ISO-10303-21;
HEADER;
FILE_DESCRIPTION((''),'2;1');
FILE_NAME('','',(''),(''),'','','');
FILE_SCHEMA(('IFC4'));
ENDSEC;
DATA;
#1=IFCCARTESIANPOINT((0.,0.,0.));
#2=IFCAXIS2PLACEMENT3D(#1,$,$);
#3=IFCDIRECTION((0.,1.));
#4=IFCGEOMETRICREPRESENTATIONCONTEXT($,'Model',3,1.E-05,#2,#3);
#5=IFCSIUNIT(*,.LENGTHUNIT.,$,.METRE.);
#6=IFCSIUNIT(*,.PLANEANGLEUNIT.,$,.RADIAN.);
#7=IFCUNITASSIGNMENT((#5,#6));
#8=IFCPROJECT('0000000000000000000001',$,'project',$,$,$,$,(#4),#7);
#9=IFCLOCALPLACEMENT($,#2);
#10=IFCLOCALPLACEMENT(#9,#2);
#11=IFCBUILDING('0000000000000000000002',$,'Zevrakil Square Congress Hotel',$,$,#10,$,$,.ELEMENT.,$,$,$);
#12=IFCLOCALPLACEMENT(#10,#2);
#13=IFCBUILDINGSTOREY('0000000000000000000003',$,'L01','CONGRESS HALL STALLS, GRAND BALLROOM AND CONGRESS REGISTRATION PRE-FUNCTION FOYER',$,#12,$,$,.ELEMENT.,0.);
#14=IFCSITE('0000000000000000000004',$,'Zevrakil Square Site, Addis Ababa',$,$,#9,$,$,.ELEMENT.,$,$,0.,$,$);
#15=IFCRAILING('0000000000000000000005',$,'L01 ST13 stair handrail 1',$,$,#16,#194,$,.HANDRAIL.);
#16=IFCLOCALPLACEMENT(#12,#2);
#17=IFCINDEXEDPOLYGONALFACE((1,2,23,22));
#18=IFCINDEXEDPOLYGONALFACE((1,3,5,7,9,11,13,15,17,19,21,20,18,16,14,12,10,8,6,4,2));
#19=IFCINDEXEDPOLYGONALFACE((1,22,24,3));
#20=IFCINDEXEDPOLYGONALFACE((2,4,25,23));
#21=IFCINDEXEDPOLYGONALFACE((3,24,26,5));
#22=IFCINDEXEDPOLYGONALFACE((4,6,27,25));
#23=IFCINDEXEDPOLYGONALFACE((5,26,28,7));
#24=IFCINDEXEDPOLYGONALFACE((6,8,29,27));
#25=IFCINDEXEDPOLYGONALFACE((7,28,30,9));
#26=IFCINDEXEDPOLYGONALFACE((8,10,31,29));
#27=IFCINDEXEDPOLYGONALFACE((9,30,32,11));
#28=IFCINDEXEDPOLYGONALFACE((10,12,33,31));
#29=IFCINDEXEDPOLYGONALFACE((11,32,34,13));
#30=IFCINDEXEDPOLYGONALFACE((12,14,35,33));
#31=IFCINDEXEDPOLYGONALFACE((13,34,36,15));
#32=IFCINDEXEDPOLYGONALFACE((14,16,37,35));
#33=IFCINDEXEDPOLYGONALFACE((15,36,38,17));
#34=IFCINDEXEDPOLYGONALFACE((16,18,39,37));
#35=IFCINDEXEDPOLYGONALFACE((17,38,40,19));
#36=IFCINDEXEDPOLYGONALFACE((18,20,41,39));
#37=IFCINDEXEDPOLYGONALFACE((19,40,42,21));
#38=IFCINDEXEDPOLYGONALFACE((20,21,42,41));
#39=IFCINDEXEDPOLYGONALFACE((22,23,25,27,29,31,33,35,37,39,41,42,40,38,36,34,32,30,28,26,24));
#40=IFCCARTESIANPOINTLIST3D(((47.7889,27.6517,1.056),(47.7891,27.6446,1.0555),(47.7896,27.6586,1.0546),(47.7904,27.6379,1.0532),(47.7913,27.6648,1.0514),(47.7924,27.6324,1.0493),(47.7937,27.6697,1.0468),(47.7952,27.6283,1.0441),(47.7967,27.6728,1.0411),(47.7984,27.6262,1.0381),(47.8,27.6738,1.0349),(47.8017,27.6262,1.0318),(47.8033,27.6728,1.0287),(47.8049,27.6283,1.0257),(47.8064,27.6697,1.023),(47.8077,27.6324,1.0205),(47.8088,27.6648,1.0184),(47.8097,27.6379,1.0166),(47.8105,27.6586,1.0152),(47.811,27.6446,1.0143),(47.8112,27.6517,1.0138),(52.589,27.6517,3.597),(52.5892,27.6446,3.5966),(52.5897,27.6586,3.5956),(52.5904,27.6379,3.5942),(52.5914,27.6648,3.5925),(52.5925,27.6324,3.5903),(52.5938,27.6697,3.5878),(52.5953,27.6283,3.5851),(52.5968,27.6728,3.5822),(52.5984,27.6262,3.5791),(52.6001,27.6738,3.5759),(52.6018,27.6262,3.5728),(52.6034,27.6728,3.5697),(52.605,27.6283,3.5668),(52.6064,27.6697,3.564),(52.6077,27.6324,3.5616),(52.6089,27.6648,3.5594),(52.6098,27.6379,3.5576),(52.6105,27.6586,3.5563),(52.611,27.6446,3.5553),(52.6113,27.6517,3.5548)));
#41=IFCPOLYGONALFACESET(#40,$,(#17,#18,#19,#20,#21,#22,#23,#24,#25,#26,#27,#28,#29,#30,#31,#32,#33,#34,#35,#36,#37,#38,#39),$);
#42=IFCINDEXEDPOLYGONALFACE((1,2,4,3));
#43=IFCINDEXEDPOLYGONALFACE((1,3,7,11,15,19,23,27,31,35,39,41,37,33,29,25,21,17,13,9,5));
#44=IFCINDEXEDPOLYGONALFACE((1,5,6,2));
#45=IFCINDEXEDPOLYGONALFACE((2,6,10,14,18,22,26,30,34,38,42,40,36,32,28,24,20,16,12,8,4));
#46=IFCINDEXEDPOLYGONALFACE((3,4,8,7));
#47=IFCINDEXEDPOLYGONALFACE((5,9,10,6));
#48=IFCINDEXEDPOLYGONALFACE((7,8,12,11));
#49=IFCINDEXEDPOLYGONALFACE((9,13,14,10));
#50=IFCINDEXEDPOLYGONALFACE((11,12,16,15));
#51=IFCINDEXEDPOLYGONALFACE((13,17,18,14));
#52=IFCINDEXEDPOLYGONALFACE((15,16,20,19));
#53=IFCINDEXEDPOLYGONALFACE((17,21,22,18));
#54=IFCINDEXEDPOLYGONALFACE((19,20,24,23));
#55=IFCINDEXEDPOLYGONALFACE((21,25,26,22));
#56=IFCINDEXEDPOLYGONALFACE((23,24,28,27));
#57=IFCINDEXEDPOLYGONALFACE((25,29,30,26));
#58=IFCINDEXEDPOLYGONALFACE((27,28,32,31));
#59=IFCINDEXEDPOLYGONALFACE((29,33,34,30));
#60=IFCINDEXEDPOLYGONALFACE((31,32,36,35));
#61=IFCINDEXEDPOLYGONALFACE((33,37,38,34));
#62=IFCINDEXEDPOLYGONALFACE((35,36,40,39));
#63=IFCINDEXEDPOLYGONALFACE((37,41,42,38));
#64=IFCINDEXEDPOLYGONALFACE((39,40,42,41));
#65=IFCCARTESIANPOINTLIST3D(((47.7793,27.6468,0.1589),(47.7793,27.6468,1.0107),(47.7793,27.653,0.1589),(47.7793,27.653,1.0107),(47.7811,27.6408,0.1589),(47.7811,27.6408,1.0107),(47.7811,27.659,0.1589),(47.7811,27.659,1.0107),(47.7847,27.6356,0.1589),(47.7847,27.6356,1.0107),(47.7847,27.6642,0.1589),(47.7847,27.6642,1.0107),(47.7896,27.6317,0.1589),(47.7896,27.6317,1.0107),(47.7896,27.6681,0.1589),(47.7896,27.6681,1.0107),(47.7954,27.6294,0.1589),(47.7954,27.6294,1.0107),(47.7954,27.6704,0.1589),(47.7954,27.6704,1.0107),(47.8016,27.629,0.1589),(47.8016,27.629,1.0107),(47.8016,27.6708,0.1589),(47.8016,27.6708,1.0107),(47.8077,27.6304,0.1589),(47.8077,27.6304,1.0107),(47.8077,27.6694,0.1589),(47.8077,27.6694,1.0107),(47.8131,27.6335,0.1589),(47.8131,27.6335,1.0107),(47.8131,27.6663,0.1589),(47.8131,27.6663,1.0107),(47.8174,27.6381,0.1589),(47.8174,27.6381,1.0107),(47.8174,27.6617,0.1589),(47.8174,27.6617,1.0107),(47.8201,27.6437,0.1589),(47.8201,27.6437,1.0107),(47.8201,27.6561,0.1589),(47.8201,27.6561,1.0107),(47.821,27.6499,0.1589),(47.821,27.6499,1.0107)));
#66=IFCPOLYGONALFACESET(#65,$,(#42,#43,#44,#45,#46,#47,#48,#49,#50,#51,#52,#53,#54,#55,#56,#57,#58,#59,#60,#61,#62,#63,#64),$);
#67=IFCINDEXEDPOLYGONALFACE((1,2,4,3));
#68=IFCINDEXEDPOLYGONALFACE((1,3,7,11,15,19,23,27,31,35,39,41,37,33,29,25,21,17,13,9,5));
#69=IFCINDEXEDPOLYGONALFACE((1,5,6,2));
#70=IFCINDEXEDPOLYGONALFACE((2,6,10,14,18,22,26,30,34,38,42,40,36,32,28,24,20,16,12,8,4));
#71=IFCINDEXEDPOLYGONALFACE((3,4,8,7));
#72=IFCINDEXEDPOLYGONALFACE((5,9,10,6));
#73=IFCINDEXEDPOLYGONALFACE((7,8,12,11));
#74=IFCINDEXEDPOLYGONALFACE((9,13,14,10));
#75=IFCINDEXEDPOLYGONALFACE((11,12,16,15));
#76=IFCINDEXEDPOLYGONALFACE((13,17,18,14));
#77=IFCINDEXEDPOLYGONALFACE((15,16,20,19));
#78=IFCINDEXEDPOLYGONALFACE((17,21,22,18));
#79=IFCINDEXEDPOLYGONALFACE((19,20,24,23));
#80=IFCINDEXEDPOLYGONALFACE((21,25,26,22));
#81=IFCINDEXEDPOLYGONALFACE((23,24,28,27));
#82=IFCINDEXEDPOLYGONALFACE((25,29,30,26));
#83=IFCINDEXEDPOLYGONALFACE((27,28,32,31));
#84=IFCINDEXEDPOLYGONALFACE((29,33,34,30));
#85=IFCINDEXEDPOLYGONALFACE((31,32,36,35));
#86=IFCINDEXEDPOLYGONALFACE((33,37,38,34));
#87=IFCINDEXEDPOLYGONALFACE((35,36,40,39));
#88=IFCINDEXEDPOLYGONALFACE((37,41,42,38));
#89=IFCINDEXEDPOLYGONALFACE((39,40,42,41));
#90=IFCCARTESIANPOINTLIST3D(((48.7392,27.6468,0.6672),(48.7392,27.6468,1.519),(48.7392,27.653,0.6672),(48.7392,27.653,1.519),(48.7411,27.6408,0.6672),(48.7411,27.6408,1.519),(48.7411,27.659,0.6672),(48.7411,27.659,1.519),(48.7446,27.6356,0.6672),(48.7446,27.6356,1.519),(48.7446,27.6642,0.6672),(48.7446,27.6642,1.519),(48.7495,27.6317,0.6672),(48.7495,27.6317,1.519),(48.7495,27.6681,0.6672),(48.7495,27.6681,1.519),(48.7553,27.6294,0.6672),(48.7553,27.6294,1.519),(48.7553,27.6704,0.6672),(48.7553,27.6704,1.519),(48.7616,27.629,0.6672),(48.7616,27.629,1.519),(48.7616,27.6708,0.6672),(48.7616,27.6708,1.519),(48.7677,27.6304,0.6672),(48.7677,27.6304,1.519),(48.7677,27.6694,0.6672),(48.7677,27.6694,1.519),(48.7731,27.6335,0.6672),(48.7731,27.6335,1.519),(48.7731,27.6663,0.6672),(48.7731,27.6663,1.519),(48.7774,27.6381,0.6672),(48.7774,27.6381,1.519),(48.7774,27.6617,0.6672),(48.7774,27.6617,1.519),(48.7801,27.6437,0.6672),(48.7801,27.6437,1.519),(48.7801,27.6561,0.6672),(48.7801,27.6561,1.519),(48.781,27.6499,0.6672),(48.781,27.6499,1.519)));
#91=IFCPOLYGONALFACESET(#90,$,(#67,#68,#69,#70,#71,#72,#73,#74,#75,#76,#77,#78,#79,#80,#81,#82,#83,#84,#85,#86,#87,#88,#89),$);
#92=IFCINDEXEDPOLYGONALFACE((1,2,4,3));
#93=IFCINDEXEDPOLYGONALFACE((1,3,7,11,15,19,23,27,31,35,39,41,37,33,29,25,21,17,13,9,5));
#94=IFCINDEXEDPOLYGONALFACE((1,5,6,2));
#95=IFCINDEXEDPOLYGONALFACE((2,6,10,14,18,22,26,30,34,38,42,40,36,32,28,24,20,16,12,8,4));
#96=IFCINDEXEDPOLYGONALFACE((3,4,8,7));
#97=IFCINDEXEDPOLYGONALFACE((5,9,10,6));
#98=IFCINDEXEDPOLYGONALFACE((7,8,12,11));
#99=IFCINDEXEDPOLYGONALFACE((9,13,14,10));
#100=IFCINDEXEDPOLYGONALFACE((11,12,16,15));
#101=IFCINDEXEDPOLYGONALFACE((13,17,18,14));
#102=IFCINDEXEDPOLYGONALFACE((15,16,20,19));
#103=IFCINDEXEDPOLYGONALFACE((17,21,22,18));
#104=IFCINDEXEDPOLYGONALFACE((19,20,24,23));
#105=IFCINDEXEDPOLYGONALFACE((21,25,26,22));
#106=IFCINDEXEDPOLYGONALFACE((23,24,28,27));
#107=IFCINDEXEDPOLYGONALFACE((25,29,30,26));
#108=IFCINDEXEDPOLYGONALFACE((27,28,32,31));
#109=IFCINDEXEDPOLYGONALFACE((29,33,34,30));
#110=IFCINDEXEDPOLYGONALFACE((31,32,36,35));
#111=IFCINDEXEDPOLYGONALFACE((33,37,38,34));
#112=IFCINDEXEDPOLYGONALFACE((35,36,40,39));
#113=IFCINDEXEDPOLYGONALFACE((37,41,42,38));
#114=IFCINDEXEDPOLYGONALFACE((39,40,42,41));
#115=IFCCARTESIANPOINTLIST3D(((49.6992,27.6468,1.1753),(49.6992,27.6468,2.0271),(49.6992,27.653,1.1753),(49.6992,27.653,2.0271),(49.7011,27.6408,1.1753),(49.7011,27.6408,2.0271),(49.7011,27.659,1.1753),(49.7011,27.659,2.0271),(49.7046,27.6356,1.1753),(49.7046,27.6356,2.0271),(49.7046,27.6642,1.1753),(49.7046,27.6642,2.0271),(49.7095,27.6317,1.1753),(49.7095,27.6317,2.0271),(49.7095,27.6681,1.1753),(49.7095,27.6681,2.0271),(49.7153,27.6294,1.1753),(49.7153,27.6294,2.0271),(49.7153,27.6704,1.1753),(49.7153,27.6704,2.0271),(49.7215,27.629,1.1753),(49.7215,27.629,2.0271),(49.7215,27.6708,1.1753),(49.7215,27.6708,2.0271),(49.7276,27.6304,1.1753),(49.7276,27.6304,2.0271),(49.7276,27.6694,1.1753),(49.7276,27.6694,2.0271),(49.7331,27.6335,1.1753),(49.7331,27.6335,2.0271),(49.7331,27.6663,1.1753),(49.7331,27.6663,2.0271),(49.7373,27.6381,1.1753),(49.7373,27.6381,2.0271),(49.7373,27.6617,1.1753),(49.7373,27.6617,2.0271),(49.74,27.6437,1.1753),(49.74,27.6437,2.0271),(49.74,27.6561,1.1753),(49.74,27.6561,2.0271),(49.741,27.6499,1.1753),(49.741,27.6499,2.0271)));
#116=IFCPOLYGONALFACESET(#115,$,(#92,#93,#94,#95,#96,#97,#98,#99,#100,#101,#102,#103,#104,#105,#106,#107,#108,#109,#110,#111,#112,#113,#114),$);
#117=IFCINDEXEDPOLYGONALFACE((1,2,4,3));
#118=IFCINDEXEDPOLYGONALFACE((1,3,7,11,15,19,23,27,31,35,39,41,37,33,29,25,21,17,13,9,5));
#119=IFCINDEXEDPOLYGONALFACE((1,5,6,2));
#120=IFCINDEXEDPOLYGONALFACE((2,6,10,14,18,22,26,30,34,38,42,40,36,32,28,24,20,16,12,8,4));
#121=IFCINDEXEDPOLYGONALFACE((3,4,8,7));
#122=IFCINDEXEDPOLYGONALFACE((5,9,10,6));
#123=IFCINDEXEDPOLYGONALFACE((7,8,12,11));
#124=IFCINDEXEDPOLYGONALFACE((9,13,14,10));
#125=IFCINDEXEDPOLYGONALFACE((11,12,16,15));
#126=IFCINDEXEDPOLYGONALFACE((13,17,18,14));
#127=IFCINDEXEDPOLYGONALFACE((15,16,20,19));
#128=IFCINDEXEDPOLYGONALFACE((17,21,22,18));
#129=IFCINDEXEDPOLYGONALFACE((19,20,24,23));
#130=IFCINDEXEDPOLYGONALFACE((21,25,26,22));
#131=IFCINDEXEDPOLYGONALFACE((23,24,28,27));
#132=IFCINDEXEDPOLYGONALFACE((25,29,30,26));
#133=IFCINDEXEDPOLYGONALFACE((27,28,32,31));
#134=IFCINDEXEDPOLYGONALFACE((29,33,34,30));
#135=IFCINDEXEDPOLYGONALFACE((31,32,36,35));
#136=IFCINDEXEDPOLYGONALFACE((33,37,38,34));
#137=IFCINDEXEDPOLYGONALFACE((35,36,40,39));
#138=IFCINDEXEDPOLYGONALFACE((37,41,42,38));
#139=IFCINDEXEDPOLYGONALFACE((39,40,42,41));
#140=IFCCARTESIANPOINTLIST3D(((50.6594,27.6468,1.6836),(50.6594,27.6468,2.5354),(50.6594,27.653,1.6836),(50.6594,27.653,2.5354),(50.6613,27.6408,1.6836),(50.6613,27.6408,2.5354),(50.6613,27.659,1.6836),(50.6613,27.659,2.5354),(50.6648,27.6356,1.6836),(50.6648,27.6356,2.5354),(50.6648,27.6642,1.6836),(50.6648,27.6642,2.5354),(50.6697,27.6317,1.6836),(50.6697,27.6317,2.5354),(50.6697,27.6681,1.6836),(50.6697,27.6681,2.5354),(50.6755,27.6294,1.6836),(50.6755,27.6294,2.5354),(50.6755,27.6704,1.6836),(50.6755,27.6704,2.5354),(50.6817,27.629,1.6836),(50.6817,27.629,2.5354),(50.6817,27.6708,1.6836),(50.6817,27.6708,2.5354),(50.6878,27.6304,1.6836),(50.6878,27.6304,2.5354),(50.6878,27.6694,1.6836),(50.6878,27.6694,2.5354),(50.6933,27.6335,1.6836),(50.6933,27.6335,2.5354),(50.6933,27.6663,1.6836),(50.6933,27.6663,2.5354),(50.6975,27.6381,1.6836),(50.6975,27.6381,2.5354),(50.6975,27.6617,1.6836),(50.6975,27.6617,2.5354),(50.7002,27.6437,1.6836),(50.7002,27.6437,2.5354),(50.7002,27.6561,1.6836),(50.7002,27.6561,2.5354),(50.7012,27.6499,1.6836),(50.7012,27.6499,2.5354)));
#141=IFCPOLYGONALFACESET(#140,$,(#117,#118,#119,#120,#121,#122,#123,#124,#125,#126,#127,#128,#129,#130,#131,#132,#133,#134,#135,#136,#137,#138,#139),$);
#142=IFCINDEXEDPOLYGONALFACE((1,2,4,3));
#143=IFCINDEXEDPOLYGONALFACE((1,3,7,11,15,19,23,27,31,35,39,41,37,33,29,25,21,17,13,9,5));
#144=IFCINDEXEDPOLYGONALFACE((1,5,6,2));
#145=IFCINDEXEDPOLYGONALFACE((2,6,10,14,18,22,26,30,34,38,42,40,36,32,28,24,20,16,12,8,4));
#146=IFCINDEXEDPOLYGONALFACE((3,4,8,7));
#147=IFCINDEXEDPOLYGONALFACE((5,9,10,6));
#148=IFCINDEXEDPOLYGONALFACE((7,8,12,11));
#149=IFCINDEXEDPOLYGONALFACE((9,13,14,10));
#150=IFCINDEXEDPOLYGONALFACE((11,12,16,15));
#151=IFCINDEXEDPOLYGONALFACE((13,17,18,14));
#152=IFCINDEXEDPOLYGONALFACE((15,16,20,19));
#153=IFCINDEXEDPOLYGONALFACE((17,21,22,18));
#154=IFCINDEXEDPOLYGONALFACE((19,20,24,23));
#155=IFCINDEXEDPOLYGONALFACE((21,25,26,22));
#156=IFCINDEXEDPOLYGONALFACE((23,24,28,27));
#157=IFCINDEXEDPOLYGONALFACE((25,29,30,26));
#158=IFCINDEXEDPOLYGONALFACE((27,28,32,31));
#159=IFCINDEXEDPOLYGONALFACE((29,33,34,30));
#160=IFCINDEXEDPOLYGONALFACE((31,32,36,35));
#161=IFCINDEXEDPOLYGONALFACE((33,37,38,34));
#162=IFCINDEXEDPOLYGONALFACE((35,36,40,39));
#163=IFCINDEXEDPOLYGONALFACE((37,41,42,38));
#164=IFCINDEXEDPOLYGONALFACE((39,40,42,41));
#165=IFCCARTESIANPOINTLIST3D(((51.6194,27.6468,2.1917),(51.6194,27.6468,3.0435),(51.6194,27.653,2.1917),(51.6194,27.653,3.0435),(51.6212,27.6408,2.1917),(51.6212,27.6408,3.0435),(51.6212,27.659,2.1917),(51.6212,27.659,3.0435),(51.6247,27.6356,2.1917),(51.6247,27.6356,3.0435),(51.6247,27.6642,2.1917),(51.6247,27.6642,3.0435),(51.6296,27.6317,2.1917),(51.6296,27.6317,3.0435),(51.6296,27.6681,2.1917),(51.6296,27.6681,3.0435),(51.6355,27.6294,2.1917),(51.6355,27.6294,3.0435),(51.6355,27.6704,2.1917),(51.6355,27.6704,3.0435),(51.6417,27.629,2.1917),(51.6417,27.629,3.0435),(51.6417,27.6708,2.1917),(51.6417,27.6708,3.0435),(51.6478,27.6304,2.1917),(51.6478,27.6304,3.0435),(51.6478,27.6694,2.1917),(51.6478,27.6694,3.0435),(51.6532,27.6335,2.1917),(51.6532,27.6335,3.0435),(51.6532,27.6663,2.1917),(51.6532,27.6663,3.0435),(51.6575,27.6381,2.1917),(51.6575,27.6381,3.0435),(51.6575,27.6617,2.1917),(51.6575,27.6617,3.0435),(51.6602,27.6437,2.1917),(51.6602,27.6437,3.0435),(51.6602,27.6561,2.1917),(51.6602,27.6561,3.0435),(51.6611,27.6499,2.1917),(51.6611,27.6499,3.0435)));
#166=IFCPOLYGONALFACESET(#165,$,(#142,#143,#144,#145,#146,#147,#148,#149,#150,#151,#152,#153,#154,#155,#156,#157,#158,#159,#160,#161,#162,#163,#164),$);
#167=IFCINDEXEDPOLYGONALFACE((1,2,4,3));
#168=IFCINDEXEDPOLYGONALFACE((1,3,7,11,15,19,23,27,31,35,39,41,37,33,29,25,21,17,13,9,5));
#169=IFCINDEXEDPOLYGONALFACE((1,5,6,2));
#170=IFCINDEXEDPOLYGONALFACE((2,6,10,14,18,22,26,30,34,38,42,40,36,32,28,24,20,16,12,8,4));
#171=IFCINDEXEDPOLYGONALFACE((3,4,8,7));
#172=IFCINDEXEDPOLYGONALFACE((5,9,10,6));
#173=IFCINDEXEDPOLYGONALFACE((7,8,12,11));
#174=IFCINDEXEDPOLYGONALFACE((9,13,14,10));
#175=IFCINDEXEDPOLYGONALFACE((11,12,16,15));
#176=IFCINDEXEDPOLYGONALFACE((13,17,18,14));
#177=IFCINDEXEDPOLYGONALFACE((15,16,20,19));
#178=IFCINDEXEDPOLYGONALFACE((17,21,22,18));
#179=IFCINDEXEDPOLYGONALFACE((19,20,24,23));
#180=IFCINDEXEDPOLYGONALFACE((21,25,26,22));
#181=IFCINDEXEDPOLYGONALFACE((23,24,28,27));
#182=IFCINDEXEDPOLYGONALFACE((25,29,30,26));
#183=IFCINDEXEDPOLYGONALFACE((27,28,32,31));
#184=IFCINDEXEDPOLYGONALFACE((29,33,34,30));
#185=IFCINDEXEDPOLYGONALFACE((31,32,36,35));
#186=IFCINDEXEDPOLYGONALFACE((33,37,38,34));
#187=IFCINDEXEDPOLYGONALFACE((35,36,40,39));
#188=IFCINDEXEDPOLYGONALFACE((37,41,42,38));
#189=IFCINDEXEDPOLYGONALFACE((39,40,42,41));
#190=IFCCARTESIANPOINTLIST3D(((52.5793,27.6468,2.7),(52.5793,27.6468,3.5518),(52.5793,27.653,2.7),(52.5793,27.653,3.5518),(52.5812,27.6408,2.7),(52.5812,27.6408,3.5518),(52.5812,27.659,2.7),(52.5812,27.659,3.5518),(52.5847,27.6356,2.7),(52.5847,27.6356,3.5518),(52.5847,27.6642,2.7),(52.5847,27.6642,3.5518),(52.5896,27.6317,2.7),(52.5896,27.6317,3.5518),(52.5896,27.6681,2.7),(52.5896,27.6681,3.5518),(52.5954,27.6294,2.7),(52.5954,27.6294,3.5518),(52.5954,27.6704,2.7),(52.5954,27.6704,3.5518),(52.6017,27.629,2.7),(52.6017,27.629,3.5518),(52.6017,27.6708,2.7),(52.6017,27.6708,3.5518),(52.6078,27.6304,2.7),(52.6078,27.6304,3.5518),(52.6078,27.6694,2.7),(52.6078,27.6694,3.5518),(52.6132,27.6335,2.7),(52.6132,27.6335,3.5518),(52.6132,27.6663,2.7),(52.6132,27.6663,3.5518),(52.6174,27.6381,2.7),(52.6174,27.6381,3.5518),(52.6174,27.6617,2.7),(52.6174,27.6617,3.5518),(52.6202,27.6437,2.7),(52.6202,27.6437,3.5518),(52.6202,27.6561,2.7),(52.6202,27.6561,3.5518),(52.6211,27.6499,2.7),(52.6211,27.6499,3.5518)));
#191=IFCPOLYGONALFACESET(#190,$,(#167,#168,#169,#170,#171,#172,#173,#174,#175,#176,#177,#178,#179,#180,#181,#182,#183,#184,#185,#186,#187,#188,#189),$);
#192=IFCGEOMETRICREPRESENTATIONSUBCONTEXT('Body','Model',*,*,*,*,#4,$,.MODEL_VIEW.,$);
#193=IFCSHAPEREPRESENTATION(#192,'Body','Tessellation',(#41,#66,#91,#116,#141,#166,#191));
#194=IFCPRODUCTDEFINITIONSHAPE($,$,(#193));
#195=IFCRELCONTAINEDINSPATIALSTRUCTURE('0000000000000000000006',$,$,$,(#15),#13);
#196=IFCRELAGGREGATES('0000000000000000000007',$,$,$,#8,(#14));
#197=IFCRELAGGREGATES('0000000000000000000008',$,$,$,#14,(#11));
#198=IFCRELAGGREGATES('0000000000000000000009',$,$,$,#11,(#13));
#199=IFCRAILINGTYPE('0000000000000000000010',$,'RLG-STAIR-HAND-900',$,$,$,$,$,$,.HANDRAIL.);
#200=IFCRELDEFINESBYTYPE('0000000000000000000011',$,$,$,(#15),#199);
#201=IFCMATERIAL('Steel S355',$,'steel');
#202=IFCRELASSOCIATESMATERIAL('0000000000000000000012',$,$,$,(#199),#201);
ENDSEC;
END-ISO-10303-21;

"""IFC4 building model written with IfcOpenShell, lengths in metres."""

from ifc_helpers import new_model, si_unit, direction, frame, origin, origin_2d, place, context, subcontext, project, spatial, circle, extrude, material, type_object, element, save


model = new_model("IFC4")

# Units and contexts
model_context = context("Model", 3, precision=1e-05, world=origin(), true_north=direction((0.0, 1.0)))
body_context = subcontext(model_context, "Body", "Model", "MODEL_VIEW")
ifc_project = project(units=[si_unit("LENGTHUNIT", "METRE"), si_unit("PLANEANGLEUNIT", "RADIAN")], contexts=[model_context])

# Site, building, storey
site_placement = place(None, origin())
site = spatial("IfcSite", under=ifc_project, at=site_placement, Name="Zevrakil Square Site, Addis Ababa", CompositionType="ELEMENT", RefElevation=0.0)
building_placement = place(site_placement, origin())
building = spatial("IfcBuilding", under=site, at=building_placement, Name="Zevrakil Square Congress Hotel", CompositionType="ELEMENT")
storey_placement = place(building_placement, origin())
storey = spatial("IfcBuildingStorey", under=building, at=storey_placement, Name="L01", Description="CONGRESS HALL STALLS, GRAND BALLROOM AND CONGRESS REGISTRATION PRE-FUNCTION FOYER", CompositionType="ELEMENT", Elevation=0.0)

# Railing
ifc_material_1 = material(Name="Steel S355", Category="steel")
railing_type_1 = type_object("IfcRailingType", Name="RLG-STAIR-HAND-900", PredefinedType="HANDRAIL", material=ifc_material_1)
railing_1_placement = place(storey_placement, frame((47.8, 27.6499, 0.1589)))
element("IfcRailing", 1, at=railing_1_placement, inside=storey, type_object=railing_type_1, Name="L01 ST13 stair handrail 1", PredefinedType="HANDRAIL", context=body_context, shape_type="SweptSolid", body=[
    extrude(circle(Radius=0.0239, at=origin_2d()), frame((0.0, 0.0, 0.876), z_axis=(0.883802, 0.0, 0.467861), x_axis=(0.0, 1.0, 0.0)), (0.0, 0.0, 1.0), 5.4312),
    extrude(circle(Radius=0.021, at=origin_2d()), origin(), (0.0, 0.0, 1.0), 0.8518),
    extrude(circle(Radius=0.021, at=origin_2d()), frame((0.96, 0.0, 0.5083)), (0.0, 0.0, 1.0), 0.8518),
    extrude(circle(Radius=0.021, at=origin_2d()), frame((1.9199, 0.0, 1.0164)), (0.0, 0.0, 1.0), 0.8518),
    extrude(circle(Radius=0.021, at=origin_2d()), frame((2.8801, 0.0, 1.5247)), (0.0, 0.0, 1.0), 0.8518),
    extrude(circle(Radius=0.021, at=origin_2d()), frame((3.8401, 0.0, 2.0327)), (0.0, 0.0, 1.0), 0.8518),
    extrude(circle(Radius=0.021, at=origin_2d()), frame((4.8, 0.0, 2.541)), (0.0, 0.0, 1.0), 0.8518),
])

save(model, "model.ifc")
